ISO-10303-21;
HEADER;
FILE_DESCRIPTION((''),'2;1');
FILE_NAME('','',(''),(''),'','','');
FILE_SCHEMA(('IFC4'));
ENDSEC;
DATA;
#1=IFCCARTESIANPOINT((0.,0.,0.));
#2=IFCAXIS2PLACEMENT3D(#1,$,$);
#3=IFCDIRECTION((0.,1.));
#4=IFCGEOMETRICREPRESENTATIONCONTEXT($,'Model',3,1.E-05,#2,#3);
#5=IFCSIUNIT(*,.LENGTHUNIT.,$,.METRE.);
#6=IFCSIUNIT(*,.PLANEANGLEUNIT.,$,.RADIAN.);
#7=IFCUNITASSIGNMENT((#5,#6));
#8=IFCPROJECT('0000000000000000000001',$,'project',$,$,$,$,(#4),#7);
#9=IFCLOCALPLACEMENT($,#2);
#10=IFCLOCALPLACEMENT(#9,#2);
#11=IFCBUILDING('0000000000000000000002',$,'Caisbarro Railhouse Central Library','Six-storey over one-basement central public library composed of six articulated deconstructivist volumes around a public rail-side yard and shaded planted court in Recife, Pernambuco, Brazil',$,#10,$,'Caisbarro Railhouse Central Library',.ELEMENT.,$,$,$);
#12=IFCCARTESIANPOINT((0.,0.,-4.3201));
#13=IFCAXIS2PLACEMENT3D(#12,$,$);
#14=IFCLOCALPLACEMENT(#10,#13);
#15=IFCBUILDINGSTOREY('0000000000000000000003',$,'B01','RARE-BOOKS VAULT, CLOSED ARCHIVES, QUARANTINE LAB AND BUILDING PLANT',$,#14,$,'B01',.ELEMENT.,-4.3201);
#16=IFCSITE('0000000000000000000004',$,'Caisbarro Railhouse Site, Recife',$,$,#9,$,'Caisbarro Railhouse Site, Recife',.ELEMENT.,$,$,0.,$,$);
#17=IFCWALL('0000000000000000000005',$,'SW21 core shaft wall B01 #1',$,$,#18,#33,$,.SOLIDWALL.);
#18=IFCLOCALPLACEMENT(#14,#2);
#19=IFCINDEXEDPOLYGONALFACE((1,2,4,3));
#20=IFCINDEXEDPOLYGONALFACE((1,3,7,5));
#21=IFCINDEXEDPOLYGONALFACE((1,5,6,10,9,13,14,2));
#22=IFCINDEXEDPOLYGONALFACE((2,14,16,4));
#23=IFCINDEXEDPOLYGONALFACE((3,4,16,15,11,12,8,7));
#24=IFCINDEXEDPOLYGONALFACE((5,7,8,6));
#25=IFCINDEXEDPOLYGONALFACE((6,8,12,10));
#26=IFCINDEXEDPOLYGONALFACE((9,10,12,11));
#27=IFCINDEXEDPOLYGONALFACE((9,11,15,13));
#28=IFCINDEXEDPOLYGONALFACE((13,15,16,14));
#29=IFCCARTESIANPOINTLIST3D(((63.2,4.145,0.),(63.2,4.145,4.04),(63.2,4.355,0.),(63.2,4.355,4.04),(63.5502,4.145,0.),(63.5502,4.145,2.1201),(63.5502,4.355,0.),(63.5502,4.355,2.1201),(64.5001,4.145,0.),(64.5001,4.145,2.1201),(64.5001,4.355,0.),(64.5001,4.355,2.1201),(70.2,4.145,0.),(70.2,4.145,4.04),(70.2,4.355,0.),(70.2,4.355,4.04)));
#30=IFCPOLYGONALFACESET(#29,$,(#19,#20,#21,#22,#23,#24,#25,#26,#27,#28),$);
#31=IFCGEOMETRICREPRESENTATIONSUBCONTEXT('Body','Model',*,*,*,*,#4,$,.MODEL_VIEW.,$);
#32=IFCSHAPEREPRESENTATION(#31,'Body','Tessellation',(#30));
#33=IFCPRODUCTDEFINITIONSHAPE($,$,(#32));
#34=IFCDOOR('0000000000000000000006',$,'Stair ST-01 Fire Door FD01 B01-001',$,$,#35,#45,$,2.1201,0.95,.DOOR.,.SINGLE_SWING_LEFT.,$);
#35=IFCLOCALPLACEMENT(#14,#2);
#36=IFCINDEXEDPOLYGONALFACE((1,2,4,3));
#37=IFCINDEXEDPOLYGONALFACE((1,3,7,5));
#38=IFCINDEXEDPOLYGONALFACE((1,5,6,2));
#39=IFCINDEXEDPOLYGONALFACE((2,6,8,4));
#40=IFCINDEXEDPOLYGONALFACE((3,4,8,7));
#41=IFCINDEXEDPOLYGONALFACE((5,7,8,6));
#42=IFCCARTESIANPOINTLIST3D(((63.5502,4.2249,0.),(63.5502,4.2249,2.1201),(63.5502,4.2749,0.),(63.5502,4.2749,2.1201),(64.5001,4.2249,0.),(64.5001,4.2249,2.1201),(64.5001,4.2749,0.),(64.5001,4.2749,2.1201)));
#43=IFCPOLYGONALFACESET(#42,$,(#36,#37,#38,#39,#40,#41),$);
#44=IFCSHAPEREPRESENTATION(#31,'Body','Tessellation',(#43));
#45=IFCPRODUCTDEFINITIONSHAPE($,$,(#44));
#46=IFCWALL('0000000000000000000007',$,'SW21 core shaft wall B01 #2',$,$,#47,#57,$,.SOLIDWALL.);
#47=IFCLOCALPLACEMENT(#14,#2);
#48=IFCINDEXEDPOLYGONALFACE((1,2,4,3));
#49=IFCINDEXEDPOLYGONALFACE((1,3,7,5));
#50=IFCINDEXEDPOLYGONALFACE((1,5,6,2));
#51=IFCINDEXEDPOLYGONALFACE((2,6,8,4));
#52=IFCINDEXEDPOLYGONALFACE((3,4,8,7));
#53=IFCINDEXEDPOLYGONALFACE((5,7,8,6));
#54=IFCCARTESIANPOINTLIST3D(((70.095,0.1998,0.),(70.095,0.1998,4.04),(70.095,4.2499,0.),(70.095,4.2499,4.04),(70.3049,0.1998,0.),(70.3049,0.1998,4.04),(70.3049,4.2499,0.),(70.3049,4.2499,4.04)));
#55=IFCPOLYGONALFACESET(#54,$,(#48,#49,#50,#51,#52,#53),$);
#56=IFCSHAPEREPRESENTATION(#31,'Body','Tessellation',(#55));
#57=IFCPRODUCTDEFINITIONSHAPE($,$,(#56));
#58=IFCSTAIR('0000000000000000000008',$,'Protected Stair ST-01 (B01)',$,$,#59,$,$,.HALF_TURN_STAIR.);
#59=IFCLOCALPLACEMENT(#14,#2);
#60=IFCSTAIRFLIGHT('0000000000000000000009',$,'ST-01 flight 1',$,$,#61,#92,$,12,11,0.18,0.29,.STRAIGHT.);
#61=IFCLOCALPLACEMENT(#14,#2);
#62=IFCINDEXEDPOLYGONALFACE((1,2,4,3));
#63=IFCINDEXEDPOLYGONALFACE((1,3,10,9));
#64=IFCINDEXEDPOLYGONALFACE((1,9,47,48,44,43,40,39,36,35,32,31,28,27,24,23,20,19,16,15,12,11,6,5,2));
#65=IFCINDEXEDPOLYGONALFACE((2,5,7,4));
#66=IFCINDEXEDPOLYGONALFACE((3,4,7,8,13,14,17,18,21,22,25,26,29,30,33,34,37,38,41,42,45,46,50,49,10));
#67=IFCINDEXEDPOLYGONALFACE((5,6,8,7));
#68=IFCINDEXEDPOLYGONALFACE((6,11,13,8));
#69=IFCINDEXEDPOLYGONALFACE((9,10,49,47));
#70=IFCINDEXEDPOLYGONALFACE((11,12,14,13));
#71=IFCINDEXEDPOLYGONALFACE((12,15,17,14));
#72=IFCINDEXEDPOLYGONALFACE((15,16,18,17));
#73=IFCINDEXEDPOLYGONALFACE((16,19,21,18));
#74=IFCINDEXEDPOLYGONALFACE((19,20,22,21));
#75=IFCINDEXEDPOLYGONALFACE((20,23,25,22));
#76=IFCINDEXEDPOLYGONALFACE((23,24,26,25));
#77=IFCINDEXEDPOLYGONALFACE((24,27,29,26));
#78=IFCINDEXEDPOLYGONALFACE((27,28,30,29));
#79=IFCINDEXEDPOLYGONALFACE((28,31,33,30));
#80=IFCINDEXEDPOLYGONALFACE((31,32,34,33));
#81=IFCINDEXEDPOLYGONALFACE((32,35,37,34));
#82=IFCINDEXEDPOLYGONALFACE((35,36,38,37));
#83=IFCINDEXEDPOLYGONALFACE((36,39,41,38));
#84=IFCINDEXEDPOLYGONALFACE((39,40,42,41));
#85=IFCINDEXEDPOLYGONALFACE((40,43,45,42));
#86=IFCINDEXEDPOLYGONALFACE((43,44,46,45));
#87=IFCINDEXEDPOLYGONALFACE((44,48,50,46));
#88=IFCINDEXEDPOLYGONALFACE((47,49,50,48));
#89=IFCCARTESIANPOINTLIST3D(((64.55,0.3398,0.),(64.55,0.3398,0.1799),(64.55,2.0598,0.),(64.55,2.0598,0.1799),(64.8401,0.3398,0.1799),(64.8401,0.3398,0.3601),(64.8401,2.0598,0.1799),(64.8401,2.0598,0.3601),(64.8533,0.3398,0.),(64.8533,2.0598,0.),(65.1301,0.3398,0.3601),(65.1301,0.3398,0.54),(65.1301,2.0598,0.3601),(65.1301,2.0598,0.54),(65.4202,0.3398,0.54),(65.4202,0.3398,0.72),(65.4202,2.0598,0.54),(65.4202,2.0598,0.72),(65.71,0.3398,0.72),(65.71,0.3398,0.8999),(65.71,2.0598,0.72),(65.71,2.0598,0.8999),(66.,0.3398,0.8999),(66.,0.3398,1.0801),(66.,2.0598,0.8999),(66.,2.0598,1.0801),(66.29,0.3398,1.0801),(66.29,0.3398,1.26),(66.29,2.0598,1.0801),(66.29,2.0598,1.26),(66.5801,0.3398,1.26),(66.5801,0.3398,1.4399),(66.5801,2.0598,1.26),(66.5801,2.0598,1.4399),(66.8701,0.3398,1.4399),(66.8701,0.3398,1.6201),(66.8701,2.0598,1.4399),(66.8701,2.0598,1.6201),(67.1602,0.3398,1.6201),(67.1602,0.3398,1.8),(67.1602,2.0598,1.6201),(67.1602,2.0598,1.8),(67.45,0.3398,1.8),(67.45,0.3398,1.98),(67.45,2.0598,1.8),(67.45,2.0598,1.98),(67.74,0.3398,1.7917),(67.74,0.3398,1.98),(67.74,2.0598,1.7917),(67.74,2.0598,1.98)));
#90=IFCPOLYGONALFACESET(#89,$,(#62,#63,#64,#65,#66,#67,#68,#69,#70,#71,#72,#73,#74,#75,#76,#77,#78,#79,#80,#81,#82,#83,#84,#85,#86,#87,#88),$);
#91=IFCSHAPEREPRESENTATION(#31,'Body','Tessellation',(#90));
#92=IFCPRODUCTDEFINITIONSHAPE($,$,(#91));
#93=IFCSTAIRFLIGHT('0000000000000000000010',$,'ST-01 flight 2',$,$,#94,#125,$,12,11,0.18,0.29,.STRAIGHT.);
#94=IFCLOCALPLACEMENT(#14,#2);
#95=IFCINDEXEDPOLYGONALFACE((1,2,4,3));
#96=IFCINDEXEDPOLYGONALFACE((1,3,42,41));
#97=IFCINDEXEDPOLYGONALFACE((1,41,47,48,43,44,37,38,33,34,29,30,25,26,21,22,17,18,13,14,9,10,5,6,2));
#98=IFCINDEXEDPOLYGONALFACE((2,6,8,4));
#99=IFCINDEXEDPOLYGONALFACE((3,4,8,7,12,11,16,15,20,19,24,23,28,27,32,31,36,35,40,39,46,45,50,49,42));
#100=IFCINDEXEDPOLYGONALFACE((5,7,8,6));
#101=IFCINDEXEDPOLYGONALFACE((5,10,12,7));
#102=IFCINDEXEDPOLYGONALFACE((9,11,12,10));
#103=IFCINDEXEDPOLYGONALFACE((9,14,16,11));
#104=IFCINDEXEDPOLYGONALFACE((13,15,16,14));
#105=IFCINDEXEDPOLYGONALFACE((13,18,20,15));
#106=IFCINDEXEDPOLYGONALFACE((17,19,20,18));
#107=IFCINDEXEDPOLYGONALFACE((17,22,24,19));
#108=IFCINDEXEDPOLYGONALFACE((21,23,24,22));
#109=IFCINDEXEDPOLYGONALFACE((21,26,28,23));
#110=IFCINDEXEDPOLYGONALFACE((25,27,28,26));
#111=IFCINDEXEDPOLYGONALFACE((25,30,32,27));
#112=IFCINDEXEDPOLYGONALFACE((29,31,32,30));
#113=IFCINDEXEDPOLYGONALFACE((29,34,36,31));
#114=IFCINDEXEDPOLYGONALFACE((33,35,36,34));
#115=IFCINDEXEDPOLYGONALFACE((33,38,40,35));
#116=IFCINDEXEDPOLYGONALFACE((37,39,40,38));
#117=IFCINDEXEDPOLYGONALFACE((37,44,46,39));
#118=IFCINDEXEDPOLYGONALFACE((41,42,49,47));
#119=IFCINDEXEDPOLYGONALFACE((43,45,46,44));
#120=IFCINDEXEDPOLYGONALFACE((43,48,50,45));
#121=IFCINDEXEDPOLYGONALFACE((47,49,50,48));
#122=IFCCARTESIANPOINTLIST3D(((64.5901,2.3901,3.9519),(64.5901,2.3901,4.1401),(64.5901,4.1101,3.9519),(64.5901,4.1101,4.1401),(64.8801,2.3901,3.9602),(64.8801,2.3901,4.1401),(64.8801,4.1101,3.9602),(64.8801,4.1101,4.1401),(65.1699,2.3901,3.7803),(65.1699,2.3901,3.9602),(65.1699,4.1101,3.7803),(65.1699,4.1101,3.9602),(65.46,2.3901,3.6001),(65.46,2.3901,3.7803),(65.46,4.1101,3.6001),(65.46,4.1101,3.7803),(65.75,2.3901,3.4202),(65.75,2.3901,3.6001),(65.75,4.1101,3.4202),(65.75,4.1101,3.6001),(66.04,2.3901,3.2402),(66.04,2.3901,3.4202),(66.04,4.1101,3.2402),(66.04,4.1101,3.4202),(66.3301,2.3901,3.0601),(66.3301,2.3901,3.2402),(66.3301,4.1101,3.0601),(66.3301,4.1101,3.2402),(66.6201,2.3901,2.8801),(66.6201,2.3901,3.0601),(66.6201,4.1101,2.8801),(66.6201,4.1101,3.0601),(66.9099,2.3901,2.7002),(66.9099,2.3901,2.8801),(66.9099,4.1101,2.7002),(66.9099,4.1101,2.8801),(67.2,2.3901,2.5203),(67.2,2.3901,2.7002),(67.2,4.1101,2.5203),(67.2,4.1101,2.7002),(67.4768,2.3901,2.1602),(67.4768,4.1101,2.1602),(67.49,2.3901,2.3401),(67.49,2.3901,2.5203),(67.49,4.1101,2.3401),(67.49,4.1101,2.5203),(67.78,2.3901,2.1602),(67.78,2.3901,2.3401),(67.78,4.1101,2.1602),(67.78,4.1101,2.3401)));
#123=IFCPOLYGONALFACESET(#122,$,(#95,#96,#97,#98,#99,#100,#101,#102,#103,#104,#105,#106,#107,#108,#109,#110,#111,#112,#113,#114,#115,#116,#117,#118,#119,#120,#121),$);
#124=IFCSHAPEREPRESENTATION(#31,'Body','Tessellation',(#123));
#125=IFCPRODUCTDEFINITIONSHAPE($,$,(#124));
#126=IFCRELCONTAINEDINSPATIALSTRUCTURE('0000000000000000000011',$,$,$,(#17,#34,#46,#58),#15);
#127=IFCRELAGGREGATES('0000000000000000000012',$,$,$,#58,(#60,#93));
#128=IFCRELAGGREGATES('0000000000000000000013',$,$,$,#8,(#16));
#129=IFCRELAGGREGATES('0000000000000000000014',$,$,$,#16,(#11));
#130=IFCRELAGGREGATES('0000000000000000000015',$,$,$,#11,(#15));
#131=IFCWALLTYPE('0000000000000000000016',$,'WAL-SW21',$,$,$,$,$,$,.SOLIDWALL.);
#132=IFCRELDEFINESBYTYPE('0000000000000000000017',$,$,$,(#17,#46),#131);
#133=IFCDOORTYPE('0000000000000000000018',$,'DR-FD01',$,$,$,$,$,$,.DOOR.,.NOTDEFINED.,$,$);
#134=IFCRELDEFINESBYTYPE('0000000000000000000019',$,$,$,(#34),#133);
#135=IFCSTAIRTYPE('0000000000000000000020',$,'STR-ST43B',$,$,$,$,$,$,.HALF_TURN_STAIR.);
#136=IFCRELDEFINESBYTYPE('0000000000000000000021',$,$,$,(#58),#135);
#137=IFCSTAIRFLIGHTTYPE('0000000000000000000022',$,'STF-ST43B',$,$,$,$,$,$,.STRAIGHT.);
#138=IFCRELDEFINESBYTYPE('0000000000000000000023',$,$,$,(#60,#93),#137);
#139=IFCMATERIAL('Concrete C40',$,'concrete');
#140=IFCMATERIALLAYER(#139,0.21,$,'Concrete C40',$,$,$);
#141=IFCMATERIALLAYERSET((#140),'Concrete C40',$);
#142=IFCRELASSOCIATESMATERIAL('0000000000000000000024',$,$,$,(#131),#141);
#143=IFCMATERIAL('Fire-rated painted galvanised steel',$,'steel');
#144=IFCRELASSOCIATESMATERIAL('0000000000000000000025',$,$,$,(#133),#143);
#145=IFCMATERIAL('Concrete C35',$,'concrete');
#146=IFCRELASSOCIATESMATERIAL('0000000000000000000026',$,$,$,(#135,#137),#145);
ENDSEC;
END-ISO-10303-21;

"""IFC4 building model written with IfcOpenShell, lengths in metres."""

from ifc_helpers import new_model, si_unit, direction, frame, frame_2d, origin, place, context, subcontext, project, spatial, polyline, rectangle, outline, extrude, material, layer, layer_set, type_object, element, fill, aggregate, save


model = new_model("IFC4")

# Units and contexts
model_context = context("Model", 3, precision=1e-05, world=origin(), true_north=direction((0.0, 1.0)))
body_context = subcontext(model_context, "Body", "Model", "MODEL_VIEW")
ifc_project = project(units=[si_unit("LENGTHUNIT", "METRE"), si_unit("PLANEANGLEUNIT", "RADIAN")], contexts=[model_context])

# Site, building, storey
site_placement = place(None, origin())
site = spatial("IfcSite", under=ifc_project, at=site_placement, Name="Caisbarro Railhouse Site, Recife", LongName="Caisbarro Railhouse Site, Recife", CompositionType="ELEMENT", RefElevation=0.0)
building_placement = place(site_placement, origin())
building = spatial("IfcBuilding", under=site, at=building_placement, Name="Caisbarro Railhouse Central Library", Description="Six-storey over one-basement central public library composed of six articulated deconstructivist volumes around a public rail-side yard and shaded planted court in Recife, Pernambuco, Brazil", LongName="Caisbarro Railhouse Central Library", CompositionType="ELEMENT")
storey_placement = place(building_placement, frame((0.0, 0.0, -4.3201)))
storey = spatial("IfcBuildingStorey", under=building, at=storey_placement, Name="B01", Description="RARE-BOOKS VAULT, CLOSED ARCHIVES, QUARANTINE LAB AND BUILDING PLANT", LongName="B01", CompositionType="ELEMENT", Elevation=-4.3201)

# Shared definitions
ifc_material_1 = material(Name="Concrete C40", Category="concrete")

# Shared definitions
ifc_material_2 = material(Name="Concrete C35", Category="concrete")

# Wall, opening, door
ifc_layer_1 = layer(ifc_material_1, 0.21, Name="Concrete C40")
ifc_layer_set_1 = layer_set([ifc_layer_1], Name="Concrete C40")
wall_type_1 = type_object("IfcWallType", Name="WAL-SW21", PredefinedType="SOLIDWALL", material=ifc_layer_set_1)
wall_1_placement = place(storey_placement, frame((63.2, 4.25, 0.0), z_axis=(0.0, 0.0, 1.0), x_axis=(1.0, 0.0, 0.0)))
wall_1 = element("IfcWall", 1, at=wall_1_placement, inside=storey, type_object=wall_type_1, Name="SW21 core shaft wall B01 #1", PredefinedType="SOLIDWALL", context=body_context, shape_type="SweptSolid", body=[
    extrude(rectangle(XDim=7.0, YDim=0.21, at=frame_2d((3.5, 0.0))), origin(), (0.0, 0.0, 1.0), 4.04),
])
opening_placement = place(wall_1_placement, frame((0.3501, 0.0, 0.0)))
opening = element("IfcOpeningElement", 2, at=opening_placement, cuts=wall_1, PredefinedType="OPENING", context=body_context, shape_type="SweptSolid", body=[
    extrude(rectangle(XDim=0.95, YDim=2.1201, at=frame_2d((0.4751, 1.0601))), frame((0.0, 0.115, 0.0), z_axis=(0.0, -1.0, 0.0), x_axis=(1.0, 0.0, 0.0)), (0.0, 0.0, 1.0), 0.23),
])
ifc_material_3 = material(Name="Fire-rated painted galvanised steel", Category="steel")
door_type = type_object("IfcDoorType", Name="DR-FD01", OperationType="NOTDEFINED", PredefinedType="DOOR", material=ifc_material_3)
door_placement = place(opening_placement, origin())
door = element("IfcDoor", 3, at=door_placement, inside=storey, type_object=door_type, Name="Stair ST-01 Fire Door FD01 B01-001", OperationType="SINGLE_SWING_LEFT", OverallHeight=2.1201, OverallWidth=0.95, PredefinedType="DOOR", context=body_context, shape_type="SweptSolid", body=[
    extrude(rectangle(XDim=0.95, YDim=2.1201, at=frame_2d((0.4751, 1.0601))), frame((0.0, 0.0249, 0.0), z_axis=(0.0, -1.0, 0.0), x_axis=(1.0, 0.0, 0.0)), (0.0, 0.0, 1.0), 0.05),
])
fill(opening, door)

# Wall
wall_2_placement = place(storey_placement, frame((70.2, 0.2, 0.0), z_axis=(0.0, 0.0, 1.0), x_axis=(0.0, 1.0, 0.0)))
element("IfcWall", 4, at=wall_2_placement, inside=storey, type_object=wall_type_1, Name="SW21 core shaft wall B01 #2", PredefinedType="SOLIDWALL", context=body_context, shape_type="SweptSolid", body=[
    extrude(rectangle(XDim=4.05, YDim=0.21, at=frame_2d((2.0249, 0.0))), origin(), (0.0, 0.0, 1.0), 4.04),
])

# Stair, stair flights
stair_type = type_object("IfcStairType", Name="STR-ST43B", PredefinedType="HALF_TURN_STAIR", material=ifc_material_2)
stair_placement = place(storey_placement, origin())
stair = element("IfcStair", 5, at=stair_placement, inside=storey, type_object=stair_type, Name="Protected Stair ST-01 (B01)", PredefinedType="HALF_TURN_STAIR")
stair_flight_type = type_object("IfcStairFlightType", Name="STF-ST43B", PredefinedType="STRAIGHT", material=ifc_material_2)
stair_flight_1_placement = place(storey_placement, frame((64.55, 1.2, 0.0), z_axis=(0.0, 0.0, 1.0), x_axis=(1.0, 0.0, 0.0)))
stair_flight_1 = element("IfcStairFlight", 6, at=stair_flight_1_placement, type_object=stair_flight_type, Name="ST-01 flight 1", NumberOfRisers=12, NumberOfTreads=11, PredefinedType="STRAIGHT", RiserHeight=0.18, TreadLength=0.29, context=body_context, shape_type="SweptSolid", body=[
    extrude(outline(polyline([(0.0, 0.0), (0.0, 0.1799), (0.29, 0.1799), (0.29, 0.3601), (0.5801, 0.3601), (0.5801, 0.54), (0.8701, 0.54), (0.8701, 0.72), (1.1599, 0.72), (1.1599, 0.8999), (1.45, 0.8999), (1.45, 1.0801), (1.74, 1.0801), (1.74, 1.26), (2.03, 1.26), (2.03, 1.4399), (2.3201, 1.4399), (2.3201, 1.6201), (2.6101, 1.6201), (2.6101, 1.8), (2.8999, 1.8), (2.8999, 1.98), (3.1899, 1.98), (3.1899, 2.1599), (3.1899, 1.7917), (0.3032, 0.0), (0.0, 0.0)])), frame((0.0, 0.8599, 0.0), z_axis=(0.0, -1.0, 0.0), x_axis=(1.0, 0.0, 0.0)), (0.0, 0.0, 1.0), 1.72),
])
stair_flight_2_placement = place(storey_placement, frame((67.78, 3.25, 2.1602), z_axis=(0.0, 0.0, 1.0), x_axis=(-1.0, 0.0, 0.0)))
stair_flight_2 = element("IfcStairFlight", 7, at=stair_flight_2_placement, type_object=stair_flight_type, Name="ST-01 flight 2", NumberOfRisers=12, NumberOfTreads=11, PredefinedType="STRAIGHT", RiserHeight=0.18, TreadLength=0.29, context=body_context, shape_type="SweptSolid", body=[
    extrude(outline(polyline([(0.0, 0.0), (0.0, 0.1799), (0.29, 0.1799), (0.29, 0.3601), (0.5801, 0.3601), (0.5801, 0.54), (0.8701, 0.54), (0.8701, 0.72), (1.1599, 0.72), (1.1599, 0.8999), (1.45, 0.8999), (1.45, 1.0801), (1.74, 1.0801), (1.74, 1.26), (2.03, 1.26), (2.03, 1.4399), (2.3201, 1.4399), (2.3201, 1.6201), (2.6101, 1.6201), (2.6101, 1.8), (2.8999, 1.8), (2.8999, 1.98), (3.1899, 1.98), (3.1899, 2.1599), (3.1899, 1.7917), (0.3032, 0.0), (0.0, 0.0)])), frame((0.0, 0.8599, 0.0), z_axis=(0.0, -1.0, 0.0), x_axis=(1.0, 0.0, 0.0)), (0.0, 0.0, 1.0), 1.72),
])
aggregate(stair, [stair_flight_1, stair_flight_2])

save(model, "model.ifc")
